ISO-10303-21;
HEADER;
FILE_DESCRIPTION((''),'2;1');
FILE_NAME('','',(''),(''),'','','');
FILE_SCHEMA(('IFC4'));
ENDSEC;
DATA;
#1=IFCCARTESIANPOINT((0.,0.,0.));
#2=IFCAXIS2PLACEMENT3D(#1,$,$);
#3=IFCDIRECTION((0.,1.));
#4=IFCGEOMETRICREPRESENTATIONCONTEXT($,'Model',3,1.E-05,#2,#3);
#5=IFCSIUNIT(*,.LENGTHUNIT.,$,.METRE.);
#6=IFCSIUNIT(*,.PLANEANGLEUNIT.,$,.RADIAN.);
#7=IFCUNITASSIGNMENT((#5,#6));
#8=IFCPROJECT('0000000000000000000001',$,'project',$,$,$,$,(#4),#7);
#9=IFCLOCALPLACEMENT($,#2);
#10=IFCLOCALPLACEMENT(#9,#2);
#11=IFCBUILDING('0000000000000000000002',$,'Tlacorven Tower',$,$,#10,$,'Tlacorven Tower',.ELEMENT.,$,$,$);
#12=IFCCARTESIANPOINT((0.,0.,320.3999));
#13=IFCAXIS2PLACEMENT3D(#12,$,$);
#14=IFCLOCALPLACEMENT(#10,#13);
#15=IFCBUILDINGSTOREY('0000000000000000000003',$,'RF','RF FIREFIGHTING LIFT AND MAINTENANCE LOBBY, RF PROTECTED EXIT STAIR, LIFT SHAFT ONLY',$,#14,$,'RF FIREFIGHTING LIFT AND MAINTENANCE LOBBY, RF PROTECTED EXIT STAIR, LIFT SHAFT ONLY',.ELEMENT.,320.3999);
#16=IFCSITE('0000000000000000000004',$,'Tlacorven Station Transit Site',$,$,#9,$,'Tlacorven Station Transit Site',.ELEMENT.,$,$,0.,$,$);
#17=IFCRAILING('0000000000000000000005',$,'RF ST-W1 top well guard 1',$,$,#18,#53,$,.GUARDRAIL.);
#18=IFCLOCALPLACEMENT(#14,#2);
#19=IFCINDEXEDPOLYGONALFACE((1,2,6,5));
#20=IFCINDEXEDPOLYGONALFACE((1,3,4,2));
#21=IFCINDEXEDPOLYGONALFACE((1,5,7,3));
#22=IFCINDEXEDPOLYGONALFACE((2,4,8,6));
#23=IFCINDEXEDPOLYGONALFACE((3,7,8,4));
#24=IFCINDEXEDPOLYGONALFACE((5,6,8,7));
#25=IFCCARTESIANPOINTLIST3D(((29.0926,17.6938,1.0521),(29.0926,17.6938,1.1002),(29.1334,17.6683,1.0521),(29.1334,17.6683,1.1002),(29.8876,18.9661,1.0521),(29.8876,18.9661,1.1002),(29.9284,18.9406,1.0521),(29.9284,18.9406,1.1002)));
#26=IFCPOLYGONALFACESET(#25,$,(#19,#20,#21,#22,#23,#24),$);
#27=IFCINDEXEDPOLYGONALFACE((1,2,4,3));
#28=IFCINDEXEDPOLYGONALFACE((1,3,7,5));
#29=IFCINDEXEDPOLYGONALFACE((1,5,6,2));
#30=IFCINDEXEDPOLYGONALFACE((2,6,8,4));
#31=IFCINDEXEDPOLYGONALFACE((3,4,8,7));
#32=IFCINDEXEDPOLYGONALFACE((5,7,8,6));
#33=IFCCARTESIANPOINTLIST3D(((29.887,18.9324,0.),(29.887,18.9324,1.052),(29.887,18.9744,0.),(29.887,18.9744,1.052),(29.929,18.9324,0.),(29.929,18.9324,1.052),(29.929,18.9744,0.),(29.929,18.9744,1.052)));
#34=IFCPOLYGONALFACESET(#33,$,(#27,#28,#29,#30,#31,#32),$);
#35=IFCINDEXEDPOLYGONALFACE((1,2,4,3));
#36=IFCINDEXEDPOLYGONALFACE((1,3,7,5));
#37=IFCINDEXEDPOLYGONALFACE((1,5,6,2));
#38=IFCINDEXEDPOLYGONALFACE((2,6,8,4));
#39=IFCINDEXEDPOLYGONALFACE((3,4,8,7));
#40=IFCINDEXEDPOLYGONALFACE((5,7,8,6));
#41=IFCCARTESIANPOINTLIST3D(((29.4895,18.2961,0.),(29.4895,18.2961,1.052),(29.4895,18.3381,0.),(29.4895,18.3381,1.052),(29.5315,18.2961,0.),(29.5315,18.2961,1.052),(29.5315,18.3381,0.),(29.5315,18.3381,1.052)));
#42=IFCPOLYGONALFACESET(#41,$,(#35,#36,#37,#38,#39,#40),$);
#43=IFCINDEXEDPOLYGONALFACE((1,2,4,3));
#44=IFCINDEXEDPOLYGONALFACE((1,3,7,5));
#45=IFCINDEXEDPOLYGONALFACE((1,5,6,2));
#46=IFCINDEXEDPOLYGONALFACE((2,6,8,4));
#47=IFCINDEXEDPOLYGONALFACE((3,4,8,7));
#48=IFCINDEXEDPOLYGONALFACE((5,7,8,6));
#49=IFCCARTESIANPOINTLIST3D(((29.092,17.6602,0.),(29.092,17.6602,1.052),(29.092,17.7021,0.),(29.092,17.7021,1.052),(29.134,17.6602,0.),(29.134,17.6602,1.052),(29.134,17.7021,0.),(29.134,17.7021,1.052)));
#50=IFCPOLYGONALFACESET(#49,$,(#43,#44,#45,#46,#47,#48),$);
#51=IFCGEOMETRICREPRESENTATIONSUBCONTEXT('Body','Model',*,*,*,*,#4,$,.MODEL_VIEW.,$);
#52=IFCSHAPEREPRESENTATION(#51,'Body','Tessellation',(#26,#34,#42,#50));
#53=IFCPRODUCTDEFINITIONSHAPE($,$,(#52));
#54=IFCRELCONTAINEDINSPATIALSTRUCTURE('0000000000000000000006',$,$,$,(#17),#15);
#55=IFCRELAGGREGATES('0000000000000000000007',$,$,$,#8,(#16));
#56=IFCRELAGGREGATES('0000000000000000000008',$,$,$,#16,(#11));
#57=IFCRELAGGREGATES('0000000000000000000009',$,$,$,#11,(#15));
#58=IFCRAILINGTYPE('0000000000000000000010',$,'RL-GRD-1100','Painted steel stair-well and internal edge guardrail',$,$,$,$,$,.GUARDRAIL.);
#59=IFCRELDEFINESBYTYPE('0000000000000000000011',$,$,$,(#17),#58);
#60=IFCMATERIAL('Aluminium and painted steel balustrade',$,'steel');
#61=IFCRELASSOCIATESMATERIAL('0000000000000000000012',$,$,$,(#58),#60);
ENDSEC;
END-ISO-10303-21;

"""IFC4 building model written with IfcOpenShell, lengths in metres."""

from ifc_helpers import new_model, si_unit, direction, frame, origin, origin_2d, place, context, subcontext, project, spatial, rectangle, extrude, source, transform, mapped, material, type_object, element, save


model = new_model("IFC4")

# Units and contexts
model_context = context("Model", 3, precision=1e-05, world=origin(), true_north=direction((0.0, 1.0)))
body_context = subcontext(model_context, "Body", "Model", "MODEL_VIEW")
ifc_project = project(units=[si_unit("LENGTHUNIT", "METRE"), si_unit("PLANEANGLEUNIT", "RADIAN")], contexts=[model_context])

# Site, building, storey
site_placement = place(None, origin())
site = spatial("IfcSite", under=ifc_project, at=site_placement, Name="Tlacorven Station Transit Site", LongName="Tlacorven Station Transit Site", CompositionType="ELEMENT", RefElevation=0.0)
building_placement = place(site_placement, origin())
building = spatial("IfcBuilding", under=site, at=building_placement, Name="Tlacorven Tower", LongName="Tlacorven Tower", CompositionType="ELEMENT")
storey_placement = place(building_placement, frame((0.0, 0.0, 320.3999)))
storey = spatial("IfcBuildingStorey", under=building, at=storey_placement, Name="RF", Description="RF FIREFIGHTING LIFT AND MAINTENANCE LOBBY, RF PROTECTED EXIT STAIR, LIFT SHAFT ONLY", LongName="RF FIREFIGHTING LIFT AND MAINTENANCE LOBBY, RF PROTECTED EXIT STAIR, LIFT SHAFT ONLY", CompositionType="ELEMENT", Elevation=320.3999)

# Railing
ifc_material_1 = material(Name="Aluminium and painted steel balustrade", Category="steel")
railing_type = type_object("IfcRailingType", Name="RL-GRD-1100", Description="Painted steel stair-well and internal edge guardrail", PredefinedType="GUARDRAIL", material=ifc_material_1)
shared_shape_1 = source(origin(), body_context, "Body", "SweptSolid", [
    extrude(rectangle(XDim=0.0481, YDim=0.0481, at=origin_2d()), frame((0.0, 0.0, 1.0762), z_axis=(-0.529897, -0.848062, 0.0), x_axis=(0.848062, -0.529897, 0.0)), (0.0, 0.0, 1.0), 1.5002),
    extrude(rectangle(XDim=0.042, YDim=0.042, at=origin_2d()), origin(), (0.0, 0.0, 1.0), 1.052),
    extrude(rectangle(XDim=0.042, YDim=0.042, at=origin_2d()), frame((-0.3975, -0.6362, 0.0)), (0.0, 0.0, 1.0), 1.052),
    extrude(rectangle(XDim=0.042, YDim=0.042, at=origin_2d()), frame((-0.7949, -1.2722, 0.0)), (0.0, 0.0, 1.0), 1.052),
])
railing_placement = place(storey_placement, frame((29.908, 18.9534, 0.0)))
element("IfcRailing", 1, at=railing_placement, inside=storey, type_object=railing_type, Name="RF ST-W1 top well guard 1", PredefinedType="GUARDRAIL", context=body_context, shape_type="MappedRepresentation", body=[
    mapped(shared_shape_1, transform((0.0, 0.0, 0.0), scale=1.0)),
])

save(model, "model.ifc")
